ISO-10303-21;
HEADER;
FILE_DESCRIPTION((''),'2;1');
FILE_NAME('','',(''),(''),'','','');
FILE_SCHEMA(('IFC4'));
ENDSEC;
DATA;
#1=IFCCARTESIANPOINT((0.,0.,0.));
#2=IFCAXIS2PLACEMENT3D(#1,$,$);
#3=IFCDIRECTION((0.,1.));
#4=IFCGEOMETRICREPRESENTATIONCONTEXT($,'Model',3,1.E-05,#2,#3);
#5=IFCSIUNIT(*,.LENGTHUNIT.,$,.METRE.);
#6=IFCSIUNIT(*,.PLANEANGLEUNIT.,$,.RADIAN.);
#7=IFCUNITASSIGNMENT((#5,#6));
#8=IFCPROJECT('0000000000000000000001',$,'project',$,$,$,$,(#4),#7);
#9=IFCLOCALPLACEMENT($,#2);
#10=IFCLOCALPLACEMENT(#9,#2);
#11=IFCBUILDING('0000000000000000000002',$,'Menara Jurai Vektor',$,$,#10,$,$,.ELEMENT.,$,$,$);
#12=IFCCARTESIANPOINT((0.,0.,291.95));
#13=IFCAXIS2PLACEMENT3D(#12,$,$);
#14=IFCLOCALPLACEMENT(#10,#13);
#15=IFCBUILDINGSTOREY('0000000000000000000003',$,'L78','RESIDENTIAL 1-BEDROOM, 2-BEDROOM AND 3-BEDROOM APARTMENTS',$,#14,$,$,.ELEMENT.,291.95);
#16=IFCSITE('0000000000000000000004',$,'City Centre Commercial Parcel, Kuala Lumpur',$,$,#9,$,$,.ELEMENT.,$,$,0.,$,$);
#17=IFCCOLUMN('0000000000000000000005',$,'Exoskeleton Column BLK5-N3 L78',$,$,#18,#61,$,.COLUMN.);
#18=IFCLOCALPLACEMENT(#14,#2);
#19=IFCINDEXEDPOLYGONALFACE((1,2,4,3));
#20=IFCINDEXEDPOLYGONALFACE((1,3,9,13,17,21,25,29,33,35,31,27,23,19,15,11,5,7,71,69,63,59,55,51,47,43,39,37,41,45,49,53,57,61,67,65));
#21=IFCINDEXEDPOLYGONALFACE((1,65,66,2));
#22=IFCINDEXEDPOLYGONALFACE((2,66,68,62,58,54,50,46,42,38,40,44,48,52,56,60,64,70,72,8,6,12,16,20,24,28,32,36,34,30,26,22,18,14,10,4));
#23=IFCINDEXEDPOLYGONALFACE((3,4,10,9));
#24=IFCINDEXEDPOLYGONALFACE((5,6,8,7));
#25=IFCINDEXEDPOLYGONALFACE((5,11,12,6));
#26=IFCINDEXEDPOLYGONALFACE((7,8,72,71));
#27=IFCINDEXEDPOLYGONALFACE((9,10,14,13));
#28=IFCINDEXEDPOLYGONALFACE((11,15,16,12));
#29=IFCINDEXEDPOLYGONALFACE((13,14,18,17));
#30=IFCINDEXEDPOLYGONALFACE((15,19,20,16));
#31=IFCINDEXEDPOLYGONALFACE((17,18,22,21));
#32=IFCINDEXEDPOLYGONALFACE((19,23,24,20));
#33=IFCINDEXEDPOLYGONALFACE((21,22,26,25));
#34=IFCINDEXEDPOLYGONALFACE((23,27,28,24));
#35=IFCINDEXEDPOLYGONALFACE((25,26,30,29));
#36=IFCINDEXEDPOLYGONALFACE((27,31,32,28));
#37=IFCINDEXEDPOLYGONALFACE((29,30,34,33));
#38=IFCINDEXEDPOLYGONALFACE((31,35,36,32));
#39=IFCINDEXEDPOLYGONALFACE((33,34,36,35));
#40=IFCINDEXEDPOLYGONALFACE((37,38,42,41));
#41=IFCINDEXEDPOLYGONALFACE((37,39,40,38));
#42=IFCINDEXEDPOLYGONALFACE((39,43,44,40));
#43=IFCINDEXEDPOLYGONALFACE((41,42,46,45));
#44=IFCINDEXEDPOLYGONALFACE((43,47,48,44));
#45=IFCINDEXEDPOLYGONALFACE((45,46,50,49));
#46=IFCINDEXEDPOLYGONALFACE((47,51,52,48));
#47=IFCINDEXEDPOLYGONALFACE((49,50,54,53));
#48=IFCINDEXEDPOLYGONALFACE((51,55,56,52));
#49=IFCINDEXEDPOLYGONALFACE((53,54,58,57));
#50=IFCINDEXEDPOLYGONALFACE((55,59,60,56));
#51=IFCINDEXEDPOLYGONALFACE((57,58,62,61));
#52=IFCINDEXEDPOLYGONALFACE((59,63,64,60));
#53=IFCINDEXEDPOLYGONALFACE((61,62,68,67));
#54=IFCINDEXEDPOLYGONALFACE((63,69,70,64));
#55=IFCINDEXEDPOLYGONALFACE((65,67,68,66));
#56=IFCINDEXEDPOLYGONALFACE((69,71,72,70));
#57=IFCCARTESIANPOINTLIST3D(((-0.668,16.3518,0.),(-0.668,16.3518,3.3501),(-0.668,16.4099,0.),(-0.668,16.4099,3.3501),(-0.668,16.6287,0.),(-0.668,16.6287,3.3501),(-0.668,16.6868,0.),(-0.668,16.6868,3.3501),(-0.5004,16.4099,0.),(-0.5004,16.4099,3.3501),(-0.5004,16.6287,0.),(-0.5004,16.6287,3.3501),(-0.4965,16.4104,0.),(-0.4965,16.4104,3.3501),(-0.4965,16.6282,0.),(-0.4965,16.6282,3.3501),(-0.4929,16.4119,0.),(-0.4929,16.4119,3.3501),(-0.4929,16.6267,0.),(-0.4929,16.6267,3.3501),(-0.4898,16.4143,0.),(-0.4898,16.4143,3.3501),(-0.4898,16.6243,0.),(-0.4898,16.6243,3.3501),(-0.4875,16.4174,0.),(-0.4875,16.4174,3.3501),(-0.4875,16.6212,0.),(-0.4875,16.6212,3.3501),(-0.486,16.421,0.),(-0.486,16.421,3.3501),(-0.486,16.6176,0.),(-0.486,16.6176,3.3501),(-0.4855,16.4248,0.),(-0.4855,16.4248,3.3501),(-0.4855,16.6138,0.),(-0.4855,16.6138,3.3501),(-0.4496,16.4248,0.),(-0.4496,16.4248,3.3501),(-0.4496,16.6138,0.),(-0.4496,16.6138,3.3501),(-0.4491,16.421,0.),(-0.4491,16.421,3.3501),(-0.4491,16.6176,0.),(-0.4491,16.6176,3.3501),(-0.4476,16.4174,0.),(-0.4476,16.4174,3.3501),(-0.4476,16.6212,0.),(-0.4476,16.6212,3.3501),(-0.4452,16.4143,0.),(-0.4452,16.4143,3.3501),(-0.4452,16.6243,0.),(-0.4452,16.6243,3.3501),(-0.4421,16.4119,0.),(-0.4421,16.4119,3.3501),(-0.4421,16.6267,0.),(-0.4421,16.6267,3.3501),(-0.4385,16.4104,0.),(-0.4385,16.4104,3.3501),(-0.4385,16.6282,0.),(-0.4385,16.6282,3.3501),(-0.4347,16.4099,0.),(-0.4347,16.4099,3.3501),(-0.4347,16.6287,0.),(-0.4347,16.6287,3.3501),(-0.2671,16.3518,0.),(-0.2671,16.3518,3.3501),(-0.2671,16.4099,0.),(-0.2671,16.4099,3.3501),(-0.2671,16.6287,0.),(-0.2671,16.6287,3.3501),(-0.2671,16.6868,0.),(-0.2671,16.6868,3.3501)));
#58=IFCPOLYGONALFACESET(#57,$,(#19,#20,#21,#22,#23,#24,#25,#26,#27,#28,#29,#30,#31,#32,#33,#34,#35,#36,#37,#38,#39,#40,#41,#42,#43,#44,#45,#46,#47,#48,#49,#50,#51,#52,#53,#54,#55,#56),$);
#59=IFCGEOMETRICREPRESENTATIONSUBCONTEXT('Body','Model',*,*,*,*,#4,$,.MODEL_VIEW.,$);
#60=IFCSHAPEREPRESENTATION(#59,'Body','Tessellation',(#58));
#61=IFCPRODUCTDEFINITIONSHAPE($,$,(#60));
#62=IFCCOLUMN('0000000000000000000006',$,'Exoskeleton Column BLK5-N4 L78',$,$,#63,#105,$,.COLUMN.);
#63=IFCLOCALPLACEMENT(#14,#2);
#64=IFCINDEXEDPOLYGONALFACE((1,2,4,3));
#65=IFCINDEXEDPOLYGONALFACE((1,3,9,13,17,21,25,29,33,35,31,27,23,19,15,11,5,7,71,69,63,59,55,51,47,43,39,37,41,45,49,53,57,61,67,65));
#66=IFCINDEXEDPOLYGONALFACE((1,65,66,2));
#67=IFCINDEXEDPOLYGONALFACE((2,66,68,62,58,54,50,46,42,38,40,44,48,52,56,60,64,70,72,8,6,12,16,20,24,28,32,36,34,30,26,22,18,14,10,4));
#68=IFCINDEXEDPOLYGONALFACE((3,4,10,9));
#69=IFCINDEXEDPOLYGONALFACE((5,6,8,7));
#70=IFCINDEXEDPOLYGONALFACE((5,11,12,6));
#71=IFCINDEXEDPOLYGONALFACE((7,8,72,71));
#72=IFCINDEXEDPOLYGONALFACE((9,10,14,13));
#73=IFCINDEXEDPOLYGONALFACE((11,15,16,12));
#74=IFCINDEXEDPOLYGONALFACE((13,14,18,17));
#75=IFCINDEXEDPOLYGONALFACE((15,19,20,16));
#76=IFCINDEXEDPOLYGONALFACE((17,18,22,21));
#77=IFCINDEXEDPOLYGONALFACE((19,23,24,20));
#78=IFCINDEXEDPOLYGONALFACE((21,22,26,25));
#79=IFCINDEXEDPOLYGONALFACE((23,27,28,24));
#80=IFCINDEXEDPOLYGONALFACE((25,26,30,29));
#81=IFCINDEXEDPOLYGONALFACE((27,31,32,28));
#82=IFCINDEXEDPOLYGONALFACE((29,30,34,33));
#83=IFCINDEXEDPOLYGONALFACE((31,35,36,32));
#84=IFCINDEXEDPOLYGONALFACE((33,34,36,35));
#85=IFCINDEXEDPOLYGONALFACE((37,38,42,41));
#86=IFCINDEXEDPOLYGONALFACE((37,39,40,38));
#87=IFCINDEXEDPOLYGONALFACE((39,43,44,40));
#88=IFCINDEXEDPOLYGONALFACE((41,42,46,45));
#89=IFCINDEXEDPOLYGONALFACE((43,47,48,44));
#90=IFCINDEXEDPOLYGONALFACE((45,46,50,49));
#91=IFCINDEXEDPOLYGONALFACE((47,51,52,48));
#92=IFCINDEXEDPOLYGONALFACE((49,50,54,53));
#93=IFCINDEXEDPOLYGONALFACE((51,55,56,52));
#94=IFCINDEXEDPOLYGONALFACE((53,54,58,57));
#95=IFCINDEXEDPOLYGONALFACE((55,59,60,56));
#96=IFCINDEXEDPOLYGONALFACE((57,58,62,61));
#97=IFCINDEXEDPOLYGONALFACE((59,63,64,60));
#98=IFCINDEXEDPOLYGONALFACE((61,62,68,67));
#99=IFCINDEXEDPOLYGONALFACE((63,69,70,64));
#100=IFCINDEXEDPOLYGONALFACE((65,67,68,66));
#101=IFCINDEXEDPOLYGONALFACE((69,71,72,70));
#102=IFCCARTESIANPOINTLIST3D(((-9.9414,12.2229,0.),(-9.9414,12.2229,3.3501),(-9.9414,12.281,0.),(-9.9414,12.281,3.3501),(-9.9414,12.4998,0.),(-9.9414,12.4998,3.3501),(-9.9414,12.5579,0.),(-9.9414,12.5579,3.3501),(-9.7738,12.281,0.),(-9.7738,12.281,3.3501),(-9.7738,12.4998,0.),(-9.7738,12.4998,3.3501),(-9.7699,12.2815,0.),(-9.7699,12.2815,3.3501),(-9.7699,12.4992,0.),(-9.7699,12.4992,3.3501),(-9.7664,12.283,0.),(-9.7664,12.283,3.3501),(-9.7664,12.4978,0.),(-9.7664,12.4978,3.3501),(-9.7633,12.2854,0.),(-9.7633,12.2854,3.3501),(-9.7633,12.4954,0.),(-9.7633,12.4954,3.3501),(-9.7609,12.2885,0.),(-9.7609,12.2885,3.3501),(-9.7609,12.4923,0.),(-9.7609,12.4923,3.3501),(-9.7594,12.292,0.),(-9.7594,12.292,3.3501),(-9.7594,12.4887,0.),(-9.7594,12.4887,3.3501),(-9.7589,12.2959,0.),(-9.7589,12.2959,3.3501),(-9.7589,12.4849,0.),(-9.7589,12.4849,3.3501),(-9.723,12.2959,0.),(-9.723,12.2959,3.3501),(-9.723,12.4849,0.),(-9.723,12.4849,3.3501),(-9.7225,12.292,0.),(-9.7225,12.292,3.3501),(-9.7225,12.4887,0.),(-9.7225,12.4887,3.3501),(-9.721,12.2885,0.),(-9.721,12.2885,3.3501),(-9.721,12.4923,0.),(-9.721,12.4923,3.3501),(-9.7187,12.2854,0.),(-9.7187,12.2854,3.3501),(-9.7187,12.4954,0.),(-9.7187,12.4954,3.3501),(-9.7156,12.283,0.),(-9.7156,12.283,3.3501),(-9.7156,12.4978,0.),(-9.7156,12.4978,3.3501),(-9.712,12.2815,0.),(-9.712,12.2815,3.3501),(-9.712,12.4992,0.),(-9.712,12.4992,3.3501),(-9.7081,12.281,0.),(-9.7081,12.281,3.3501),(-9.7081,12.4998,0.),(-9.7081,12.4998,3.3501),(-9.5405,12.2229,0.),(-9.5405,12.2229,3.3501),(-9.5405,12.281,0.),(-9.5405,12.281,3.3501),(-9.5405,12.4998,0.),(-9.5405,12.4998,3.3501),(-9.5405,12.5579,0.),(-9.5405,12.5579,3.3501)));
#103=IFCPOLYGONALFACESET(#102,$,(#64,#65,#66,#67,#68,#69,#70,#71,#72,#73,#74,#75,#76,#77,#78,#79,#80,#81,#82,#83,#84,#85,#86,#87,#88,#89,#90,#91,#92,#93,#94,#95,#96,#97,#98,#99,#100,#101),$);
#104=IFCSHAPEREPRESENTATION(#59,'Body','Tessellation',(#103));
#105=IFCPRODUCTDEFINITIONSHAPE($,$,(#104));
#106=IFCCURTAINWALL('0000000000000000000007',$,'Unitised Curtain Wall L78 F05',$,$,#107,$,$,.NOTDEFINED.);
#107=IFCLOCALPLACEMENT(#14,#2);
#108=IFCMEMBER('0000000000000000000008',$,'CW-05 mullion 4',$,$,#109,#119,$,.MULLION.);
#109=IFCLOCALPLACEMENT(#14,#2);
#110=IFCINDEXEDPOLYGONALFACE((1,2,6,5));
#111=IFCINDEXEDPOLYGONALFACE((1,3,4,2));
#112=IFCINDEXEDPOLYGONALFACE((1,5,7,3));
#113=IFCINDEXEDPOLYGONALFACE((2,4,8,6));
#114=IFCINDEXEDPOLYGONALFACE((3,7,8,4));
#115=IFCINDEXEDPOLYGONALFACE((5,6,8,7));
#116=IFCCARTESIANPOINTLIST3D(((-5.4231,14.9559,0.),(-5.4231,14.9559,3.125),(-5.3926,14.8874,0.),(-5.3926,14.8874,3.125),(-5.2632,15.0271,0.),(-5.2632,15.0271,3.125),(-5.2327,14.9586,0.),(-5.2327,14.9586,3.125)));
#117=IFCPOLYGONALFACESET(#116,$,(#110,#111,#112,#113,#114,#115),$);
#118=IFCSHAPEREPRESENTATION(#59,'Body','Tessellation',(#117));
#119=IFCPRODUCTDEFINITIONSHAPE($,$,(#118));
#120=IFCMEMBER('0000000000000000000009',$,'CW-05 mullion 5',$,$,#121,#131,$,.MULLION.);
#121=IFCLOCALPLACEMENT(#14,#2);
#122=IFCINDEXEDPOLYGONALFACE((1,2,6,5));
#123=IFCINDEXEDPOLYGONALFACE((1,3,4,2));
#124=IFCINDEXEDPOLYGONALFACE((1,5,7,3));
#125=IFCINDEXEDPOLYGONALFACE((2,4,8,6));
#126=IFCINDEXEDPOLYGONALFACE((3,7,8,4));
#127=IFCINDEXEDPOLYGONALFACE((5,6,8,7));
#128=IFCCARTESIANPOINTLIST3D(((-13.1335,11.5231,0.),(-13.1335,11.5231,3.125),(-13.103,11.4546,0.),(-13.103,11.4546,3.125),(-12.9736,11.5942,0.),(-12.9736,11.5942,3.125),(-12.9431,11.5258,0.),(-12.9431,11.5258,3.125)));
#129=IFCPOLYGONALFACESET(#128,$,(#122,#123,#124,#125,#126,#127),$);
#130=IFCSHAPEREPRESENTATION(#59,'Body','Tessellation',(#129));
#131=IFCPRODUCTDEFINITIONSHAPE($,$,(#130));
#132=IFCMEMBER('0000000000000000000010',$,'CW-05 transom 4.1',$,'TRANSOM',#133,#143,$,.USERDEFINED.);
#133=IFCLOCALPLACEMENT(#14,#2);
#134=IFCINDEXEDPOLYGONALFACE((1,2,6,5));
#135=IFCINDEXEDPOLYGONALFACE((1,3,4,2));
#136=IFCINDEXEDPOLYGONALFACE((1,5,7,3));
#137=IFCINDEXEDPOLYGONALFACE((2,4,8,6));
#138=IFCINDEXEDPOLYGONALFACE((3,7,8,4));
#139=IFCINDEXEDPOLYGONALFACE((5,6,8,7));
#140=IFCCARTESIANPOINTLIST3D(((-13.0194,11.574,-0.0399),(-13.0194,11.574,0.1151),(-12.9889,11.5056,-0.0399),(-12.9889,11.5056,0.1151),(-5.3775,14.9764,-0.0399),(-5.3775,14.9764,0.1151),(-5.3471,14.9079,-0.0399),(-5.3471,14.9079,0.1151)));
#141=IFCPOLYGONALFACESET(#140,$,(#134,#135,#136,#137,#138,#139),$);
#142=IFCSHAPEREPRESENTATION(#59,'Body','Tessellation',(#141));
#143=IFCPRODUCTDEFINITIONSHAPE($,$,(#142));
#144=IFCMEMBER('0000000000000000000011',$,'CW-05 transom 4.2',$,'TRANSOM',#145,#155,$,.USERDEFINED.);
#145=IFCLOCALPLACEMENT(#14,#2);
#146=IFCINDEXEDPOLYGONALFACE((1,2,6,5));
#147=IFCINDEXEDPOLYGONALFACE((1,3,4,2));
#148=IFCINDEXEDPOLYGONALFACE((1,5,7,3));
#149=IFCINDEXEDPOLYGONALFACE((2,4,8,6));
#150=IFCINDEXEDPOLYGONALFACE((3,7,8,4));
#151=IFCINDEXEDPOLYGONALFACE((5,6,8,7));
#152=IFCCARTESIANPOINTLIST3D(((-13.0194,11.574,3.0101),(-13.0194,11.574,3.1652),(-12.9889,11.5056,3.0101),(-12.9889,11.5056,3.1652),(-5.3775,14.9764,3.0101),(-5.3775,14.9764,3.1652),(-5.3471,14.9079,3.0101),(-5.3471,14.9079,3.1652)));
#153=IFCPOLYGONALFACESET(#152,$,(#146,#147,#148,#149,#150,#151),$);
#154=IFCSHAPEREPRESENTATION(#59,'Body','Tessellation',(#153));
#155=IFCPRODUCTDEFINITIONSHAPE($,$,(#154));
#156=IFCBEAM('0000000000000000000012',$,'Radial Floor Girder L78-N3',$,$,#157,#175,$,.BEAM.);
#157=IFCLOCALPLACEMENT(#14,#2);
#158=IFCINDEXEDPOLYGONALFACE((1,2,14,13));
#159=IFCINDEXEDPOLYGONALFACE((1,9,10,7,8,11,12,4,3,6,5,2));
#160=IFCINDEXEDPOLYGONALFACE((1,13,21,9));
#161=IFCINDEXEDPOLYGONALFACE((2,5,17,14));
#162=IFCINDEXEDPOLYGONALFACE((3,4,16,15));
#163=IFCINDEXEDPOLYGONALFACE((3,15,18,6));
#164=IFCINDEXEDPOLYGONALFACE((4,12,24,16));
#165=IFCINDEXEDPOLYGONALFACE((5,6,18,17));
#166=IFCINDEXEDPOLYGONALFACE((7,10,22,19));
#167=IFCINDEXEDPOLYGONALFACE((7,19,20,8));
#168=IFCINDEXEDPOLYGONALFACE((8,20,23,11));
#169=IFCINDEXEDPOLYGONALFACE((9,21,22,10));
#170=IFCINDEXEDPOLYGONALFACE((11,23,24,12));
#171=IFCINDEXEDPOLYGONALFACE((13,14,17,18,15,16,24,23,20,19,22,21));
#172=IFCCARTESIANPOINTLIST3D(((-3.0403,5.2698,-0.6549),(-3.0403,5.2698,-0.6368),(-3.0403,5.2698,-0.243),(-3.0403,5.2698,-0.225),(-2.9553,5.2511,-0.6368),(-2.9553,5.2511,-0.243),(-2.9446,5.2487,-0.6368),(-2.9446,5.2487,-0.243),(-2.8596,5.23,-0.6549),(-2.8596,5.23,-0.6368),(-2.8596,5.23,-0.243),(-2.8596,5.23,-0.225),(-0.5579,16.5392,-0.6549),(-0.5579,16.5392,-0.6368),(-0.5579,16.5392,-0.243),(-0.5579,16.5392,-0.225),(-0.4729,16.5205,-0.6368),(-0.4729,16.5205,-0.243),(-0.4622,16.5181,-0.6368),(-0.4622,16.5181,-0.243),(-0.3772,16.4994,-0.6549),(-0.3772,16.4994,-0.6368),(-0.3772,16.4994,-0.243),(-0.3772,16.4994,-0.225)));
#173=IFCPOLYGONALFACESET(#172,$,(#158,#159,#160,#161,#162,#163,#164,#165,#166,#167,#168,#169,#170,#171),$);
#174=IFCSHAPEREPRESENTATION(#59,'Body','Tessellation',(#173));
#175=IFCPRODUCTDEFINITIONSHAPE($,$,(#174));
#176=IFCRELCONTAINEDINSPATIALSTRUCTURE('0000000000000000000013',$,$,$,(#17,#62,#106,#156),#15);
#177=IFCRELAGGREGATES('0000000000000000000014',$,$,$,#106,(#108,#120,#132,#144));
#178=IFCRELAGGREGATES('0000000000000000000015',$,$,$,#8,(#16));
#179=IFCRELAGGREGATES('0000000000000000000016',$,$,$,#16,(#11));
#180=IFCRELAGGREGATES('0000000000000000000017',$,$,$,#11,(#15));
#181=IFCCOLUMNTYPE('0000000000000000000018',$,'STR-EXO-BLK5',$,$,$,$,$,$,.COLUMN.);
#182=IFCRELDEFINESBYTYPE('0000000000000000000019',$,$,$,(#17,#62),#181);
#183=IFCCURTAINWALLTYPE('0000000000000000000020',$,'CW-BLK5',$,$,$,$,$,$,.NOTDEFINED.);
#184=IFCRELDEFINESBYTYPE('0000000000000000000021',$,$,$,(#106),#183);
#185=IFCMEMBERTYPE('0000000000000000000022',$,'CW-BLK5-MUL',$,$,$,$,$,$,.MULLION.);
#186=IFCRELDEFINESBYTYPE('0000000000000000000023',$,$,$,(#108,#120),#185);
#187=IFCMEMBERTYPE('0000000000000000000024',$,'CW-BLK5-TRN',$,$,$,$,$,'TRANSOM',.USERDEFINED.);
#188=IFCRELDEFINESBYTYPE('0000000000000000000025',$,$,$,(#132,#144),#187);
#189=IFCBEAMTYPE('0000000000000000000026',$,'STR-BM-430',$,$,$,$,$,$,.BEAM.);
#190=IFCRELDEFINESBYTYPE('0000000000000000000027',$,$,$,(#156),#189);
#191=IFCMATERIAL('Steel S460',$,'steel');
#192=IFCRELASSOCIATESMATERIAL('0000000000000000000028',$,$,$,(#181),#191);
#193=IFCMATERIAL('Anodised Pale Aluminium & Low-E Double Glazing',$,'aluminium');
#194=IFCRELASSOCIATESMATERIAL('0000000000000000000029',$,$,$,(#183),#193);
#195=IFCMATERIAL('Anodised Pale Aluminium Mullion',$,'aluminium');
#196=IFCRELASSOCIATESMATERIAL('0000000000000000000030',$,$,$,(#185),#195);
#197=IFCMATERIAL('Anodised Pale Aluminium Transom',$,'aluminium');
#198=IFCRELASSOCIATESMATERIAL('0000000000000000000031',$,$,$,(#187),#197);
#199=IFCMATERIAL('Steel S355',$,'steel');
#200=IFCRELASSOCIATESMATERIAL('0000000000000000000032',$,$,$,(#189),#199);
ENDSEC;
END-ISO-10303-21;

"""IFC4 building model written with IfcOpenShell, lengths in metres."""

from ifc_helpers import new_model, si_unit, direction, frame, origin, origin_2d, place, context, subcontext, project, spatial, rectangle, i_section, extrude, material, material_profile, profile_set, type_object, element, aggregate, save


model = new_model("IFC4")

# Units and contexts
model_context = context("Model", 3, precision=1e-05, world=origin(), true_north=direction((0.0, 1.0)))
body_context = subcontext(model_context, "Body", "Model", "MODEL_VIEW")
ifc_project = project(units=[si_unit("LENGTHUNIT", "METRE"), si_unit("PLANEANGLEUNIT", "RADIAN")], contexts=[model_context])

# Site, building, storey
site_placement = place(None, origin())
site = spatial("IfcSite", under=ifc_project, at=site_placement, Name="City Centre Commercial Parcel, Kuala Lumpur", CompositionType="ELEMENT", RefElevation=0.0)
building_placement = place(site_placement, origin())
building = spatial("IfcBuilding", under=site, at=building_placement, Name="Menara Jurai Vektor", CompositionType="ELEMENT")
storey_placement = place(building_placement, frame((0.0, 0.0, 291.95)))
storey = spatial("IfcBuildingStorey", under=building, at=storey_placement, Name="L78", Description="RESIDENTIAL 1-BEDROOM, 2-BEDROOM AND 3-BEDROOM APARTMENTS", CompositionType="ELEMENT", Elevation=291.95)

# Columns
ifc_material_1 = material(Name="Steel S460", Category="steel")
ifc_material_profile_1 = material_profile(ifc_material_1, i_section(OverallWidth=0.4009, OverallDepth=0.335, WebThickness=0.0359, FlangeThickness=0.0581, FilletRadius=0.0149, at=origin_2d()), Name="HD 400x463")
ifc_profile_set_1 = profile_set([ifc_material_profile_1], Name="Steel S460")
column_type = type_object("IfcColumnType", Name="STR-EXO-BLK5", PredefinedType="COLUMN", material=ifc_profile_set_1)
for number, where, z_axis, x_axis, name in (
    (1, (-0.4675, 16.5193, 0.0), (0.0, 0.0, 1.0), (1.0, 0.0, 0.0), "Exoskeleton Column BLK5-N3 L78"),
    (2, (-9.741, 12.3904, 0.0), (0.0, 0.0, 1.0), (1.0, 0.0, 0.0), "Exoskeleton Column BLK5-N4 L78"),
):
    element("IfcColumn", number, at=place(storey_placement, frame(where, z_axis=z_axis, x_axis=x_axis)), inside=storey, type_object=column_type, Name=name, PredefinedType="COLUMN", context=body_context, shape_type="SweptSolid", body=[
        extrude(i_section(OverallWidth=0.4009, OverallDepth=0.335, WebThickness=0.0359, FlangeThickness=0.0581, FilletRadius=0.0149, at=origin_2d()), origin(), (0.0, 0.0, 1.0), 3.3501),
    ])

# Curtain wall, members
ifc_material_2 = material(Name="Anodised Pale Aluminium & Low-E Double Glazing", Category="aluminium")
curtain_wall_type = type_object("IfcCurtainWallType", Name="CW-BLK5", PredefinedType="NOTDEFINED", material=ifc_material_2)
curtain_wall_placement = place(storey_placement, origin())
curtain_wall = element("IfcCurtainWall", 3, at=curtain_wall_placement, inside=storey, type_object=curtain_wall_type, Name="Unitised Curtain Wall L78 F05", PredefinedType="NOTDEFINED")
ifc_material_3 = material(Name="Anodised Pale Aluminium Mullion", Category="aluminium")
ifc_material_profile_2 = material_profile(ifc_material_3, rectangle(XDim=0.075, YDim=0.175, at=origin_2d()), Name="ALU MUL 75x175")
ifc_profile_set_2 = profile_set([ifc_material_profile_2], Name="Anodised Pale Aluminium Mullion")
member_type_1 = type_object("IfcMemberType", Name="CW-BLK5-MUL", PredefinedType="MULLION", material=ifc_profile_set_2)
member_1_placement = place(storey_placement, frame((-5.3279, 14.9573, 0.0), z_axis=(0.0, 0.0, 1.0), x_axis=(0.406735, -0.913546, 0.0)))
member_1 = element("IfcMember", 4, at=member_1_placement, type_object=member_type_1, Name="CW-05 mullion 4", PredefinedType="MULLION", context=body_context, shape_type="SweptSolid", body=[
    extrude(rectangle(XDim=0.075, YDim=0.175, at=origin_2d()), origin(), (0.0, 0.0, 1.0), 3.125),
])
member_2_placement = place(storey_placement, frame((-13.0383, 11.5244, 0.0), z_axis=(0.0, 0.0, 1.0), x_axis=(0.406735, -0.913546, 0.0)))
member_2 = element("IfcMember", 5, at=member_2_placement, type_object=member_type_1, Name="CW-05 mullion 5", PredefinedType="MULLION", context=body_context, shape_type="SweptSolid", body=[
    extrude(rectangle(XDim=0.075, YDim=0.175, at=origin_2d()), origin(), (0.0, 0.0, 1.0), 3.125),
])
ifc_material_4 = material(Name="Anodised Pale Aluminium Transom", Category="aluminium")
ifc_material_profile_3 = material_profile(ifc_material_4, rectangle(XDim=0.075, YDim=0.155, at=origin_2d()), Name="ALU TRN 75x155")
ifc_profile_set_3 = profile_set([ifc_material_profile_3], Name="Anodised Pale Aluminium Transom")
member_type_2 = type_object("IfcMemberType", Name="CW-BLK5-TRN", ElementType="TRANSOM", PredefinedType="USERDEFINED", material=ifc_profile_set_3)
member_3_placement = place(storey_placement, frame((-5.3623, 14.9421, 0.0376), z_axis=(-0.913547, -0.406734, 0.0), x_axis=(0.406734, -0.913547, 0.0)))
member_3 = element("IfcMember", 6, at=member_3_placement, type_object=member_type_2, Name="CW-05 transom 4.1", ObjectType="TRANSOM", PredefinedType="USERDEFINED", context=body_context, shape_type="SweptSolid", body=[
    extrude(rectangle(XDim=0.075, YDim=0.155, at=origin_2d()), origin(), (0.0, 0.0, 1.0), 8.365),
])
member_4_placement = place(storey_placement, frame((-5.3623, 14.9421, 3.0876), z_axis=(-0.913547, -0.406734, 0.0), x_axis=(0.406734, -0.913547, 0.0)))
member_4 = element("IfcMember", 7, at=member_4_placement, type_object=member_type_2, Name="CW-05 transom 4.2", ObjectType="TRANSOM", PredefinedType="USERDEFINED", context=body_context, shape_type="SweptSolid", body=[
    extrude(rectangle(XDim=0.075, YDim=0.155, at=origin_2d()), origin(), (0.0, 0.0, 1.0), 8.365),
])

# Beam
ifc_material_5 = material(Name="Steel S355", Category="steel")
ifc_material_profile_4 = material_profile(ifc_material_5, i_section(OverallWidth=0.1851, OverallDepth=0.4299, WebThickness=0.011, FlangeThickness=0.0181, at=origin_2d()), Name="PG 430x185x76")
ifc_profile_set_4 = profile_set([ifc_material_profile_4], Name="Steel S355")
beam_type_1 = type_object("IfcBeamType", Name="STR-BM-430", PredefinedType="BEAM", material=ifc_profile_set_4)
beam_1_placement = place(storey_placement, frame((-0.4675, 16.5193, -0.4399), z_axis=(-0.215125, -0.976587, 0.0), x_axis=(0.976587, -0.215125, 0.0)))
element("IfcBeam", 8, at=beam_1_placement, inside=storey, type_object=beam_type_1, Name="Radial Floor Girder L78-N3", PredefinedType="BEAM", context=body_context, shape_type="SweptSolid", body=[
    extrude(i_section(OverallWidth=0.1851, OverallDepth=0.4299, WebThickness=0.011, FlangeThickness=0.0181, at=origin_2d()), origin(), (0.0, 0.0, 1.0), 11.5396),
])

aggregate(curtain_wall, [member_1, member_2, member_3, member_4])

save(model, "model.ifc")
